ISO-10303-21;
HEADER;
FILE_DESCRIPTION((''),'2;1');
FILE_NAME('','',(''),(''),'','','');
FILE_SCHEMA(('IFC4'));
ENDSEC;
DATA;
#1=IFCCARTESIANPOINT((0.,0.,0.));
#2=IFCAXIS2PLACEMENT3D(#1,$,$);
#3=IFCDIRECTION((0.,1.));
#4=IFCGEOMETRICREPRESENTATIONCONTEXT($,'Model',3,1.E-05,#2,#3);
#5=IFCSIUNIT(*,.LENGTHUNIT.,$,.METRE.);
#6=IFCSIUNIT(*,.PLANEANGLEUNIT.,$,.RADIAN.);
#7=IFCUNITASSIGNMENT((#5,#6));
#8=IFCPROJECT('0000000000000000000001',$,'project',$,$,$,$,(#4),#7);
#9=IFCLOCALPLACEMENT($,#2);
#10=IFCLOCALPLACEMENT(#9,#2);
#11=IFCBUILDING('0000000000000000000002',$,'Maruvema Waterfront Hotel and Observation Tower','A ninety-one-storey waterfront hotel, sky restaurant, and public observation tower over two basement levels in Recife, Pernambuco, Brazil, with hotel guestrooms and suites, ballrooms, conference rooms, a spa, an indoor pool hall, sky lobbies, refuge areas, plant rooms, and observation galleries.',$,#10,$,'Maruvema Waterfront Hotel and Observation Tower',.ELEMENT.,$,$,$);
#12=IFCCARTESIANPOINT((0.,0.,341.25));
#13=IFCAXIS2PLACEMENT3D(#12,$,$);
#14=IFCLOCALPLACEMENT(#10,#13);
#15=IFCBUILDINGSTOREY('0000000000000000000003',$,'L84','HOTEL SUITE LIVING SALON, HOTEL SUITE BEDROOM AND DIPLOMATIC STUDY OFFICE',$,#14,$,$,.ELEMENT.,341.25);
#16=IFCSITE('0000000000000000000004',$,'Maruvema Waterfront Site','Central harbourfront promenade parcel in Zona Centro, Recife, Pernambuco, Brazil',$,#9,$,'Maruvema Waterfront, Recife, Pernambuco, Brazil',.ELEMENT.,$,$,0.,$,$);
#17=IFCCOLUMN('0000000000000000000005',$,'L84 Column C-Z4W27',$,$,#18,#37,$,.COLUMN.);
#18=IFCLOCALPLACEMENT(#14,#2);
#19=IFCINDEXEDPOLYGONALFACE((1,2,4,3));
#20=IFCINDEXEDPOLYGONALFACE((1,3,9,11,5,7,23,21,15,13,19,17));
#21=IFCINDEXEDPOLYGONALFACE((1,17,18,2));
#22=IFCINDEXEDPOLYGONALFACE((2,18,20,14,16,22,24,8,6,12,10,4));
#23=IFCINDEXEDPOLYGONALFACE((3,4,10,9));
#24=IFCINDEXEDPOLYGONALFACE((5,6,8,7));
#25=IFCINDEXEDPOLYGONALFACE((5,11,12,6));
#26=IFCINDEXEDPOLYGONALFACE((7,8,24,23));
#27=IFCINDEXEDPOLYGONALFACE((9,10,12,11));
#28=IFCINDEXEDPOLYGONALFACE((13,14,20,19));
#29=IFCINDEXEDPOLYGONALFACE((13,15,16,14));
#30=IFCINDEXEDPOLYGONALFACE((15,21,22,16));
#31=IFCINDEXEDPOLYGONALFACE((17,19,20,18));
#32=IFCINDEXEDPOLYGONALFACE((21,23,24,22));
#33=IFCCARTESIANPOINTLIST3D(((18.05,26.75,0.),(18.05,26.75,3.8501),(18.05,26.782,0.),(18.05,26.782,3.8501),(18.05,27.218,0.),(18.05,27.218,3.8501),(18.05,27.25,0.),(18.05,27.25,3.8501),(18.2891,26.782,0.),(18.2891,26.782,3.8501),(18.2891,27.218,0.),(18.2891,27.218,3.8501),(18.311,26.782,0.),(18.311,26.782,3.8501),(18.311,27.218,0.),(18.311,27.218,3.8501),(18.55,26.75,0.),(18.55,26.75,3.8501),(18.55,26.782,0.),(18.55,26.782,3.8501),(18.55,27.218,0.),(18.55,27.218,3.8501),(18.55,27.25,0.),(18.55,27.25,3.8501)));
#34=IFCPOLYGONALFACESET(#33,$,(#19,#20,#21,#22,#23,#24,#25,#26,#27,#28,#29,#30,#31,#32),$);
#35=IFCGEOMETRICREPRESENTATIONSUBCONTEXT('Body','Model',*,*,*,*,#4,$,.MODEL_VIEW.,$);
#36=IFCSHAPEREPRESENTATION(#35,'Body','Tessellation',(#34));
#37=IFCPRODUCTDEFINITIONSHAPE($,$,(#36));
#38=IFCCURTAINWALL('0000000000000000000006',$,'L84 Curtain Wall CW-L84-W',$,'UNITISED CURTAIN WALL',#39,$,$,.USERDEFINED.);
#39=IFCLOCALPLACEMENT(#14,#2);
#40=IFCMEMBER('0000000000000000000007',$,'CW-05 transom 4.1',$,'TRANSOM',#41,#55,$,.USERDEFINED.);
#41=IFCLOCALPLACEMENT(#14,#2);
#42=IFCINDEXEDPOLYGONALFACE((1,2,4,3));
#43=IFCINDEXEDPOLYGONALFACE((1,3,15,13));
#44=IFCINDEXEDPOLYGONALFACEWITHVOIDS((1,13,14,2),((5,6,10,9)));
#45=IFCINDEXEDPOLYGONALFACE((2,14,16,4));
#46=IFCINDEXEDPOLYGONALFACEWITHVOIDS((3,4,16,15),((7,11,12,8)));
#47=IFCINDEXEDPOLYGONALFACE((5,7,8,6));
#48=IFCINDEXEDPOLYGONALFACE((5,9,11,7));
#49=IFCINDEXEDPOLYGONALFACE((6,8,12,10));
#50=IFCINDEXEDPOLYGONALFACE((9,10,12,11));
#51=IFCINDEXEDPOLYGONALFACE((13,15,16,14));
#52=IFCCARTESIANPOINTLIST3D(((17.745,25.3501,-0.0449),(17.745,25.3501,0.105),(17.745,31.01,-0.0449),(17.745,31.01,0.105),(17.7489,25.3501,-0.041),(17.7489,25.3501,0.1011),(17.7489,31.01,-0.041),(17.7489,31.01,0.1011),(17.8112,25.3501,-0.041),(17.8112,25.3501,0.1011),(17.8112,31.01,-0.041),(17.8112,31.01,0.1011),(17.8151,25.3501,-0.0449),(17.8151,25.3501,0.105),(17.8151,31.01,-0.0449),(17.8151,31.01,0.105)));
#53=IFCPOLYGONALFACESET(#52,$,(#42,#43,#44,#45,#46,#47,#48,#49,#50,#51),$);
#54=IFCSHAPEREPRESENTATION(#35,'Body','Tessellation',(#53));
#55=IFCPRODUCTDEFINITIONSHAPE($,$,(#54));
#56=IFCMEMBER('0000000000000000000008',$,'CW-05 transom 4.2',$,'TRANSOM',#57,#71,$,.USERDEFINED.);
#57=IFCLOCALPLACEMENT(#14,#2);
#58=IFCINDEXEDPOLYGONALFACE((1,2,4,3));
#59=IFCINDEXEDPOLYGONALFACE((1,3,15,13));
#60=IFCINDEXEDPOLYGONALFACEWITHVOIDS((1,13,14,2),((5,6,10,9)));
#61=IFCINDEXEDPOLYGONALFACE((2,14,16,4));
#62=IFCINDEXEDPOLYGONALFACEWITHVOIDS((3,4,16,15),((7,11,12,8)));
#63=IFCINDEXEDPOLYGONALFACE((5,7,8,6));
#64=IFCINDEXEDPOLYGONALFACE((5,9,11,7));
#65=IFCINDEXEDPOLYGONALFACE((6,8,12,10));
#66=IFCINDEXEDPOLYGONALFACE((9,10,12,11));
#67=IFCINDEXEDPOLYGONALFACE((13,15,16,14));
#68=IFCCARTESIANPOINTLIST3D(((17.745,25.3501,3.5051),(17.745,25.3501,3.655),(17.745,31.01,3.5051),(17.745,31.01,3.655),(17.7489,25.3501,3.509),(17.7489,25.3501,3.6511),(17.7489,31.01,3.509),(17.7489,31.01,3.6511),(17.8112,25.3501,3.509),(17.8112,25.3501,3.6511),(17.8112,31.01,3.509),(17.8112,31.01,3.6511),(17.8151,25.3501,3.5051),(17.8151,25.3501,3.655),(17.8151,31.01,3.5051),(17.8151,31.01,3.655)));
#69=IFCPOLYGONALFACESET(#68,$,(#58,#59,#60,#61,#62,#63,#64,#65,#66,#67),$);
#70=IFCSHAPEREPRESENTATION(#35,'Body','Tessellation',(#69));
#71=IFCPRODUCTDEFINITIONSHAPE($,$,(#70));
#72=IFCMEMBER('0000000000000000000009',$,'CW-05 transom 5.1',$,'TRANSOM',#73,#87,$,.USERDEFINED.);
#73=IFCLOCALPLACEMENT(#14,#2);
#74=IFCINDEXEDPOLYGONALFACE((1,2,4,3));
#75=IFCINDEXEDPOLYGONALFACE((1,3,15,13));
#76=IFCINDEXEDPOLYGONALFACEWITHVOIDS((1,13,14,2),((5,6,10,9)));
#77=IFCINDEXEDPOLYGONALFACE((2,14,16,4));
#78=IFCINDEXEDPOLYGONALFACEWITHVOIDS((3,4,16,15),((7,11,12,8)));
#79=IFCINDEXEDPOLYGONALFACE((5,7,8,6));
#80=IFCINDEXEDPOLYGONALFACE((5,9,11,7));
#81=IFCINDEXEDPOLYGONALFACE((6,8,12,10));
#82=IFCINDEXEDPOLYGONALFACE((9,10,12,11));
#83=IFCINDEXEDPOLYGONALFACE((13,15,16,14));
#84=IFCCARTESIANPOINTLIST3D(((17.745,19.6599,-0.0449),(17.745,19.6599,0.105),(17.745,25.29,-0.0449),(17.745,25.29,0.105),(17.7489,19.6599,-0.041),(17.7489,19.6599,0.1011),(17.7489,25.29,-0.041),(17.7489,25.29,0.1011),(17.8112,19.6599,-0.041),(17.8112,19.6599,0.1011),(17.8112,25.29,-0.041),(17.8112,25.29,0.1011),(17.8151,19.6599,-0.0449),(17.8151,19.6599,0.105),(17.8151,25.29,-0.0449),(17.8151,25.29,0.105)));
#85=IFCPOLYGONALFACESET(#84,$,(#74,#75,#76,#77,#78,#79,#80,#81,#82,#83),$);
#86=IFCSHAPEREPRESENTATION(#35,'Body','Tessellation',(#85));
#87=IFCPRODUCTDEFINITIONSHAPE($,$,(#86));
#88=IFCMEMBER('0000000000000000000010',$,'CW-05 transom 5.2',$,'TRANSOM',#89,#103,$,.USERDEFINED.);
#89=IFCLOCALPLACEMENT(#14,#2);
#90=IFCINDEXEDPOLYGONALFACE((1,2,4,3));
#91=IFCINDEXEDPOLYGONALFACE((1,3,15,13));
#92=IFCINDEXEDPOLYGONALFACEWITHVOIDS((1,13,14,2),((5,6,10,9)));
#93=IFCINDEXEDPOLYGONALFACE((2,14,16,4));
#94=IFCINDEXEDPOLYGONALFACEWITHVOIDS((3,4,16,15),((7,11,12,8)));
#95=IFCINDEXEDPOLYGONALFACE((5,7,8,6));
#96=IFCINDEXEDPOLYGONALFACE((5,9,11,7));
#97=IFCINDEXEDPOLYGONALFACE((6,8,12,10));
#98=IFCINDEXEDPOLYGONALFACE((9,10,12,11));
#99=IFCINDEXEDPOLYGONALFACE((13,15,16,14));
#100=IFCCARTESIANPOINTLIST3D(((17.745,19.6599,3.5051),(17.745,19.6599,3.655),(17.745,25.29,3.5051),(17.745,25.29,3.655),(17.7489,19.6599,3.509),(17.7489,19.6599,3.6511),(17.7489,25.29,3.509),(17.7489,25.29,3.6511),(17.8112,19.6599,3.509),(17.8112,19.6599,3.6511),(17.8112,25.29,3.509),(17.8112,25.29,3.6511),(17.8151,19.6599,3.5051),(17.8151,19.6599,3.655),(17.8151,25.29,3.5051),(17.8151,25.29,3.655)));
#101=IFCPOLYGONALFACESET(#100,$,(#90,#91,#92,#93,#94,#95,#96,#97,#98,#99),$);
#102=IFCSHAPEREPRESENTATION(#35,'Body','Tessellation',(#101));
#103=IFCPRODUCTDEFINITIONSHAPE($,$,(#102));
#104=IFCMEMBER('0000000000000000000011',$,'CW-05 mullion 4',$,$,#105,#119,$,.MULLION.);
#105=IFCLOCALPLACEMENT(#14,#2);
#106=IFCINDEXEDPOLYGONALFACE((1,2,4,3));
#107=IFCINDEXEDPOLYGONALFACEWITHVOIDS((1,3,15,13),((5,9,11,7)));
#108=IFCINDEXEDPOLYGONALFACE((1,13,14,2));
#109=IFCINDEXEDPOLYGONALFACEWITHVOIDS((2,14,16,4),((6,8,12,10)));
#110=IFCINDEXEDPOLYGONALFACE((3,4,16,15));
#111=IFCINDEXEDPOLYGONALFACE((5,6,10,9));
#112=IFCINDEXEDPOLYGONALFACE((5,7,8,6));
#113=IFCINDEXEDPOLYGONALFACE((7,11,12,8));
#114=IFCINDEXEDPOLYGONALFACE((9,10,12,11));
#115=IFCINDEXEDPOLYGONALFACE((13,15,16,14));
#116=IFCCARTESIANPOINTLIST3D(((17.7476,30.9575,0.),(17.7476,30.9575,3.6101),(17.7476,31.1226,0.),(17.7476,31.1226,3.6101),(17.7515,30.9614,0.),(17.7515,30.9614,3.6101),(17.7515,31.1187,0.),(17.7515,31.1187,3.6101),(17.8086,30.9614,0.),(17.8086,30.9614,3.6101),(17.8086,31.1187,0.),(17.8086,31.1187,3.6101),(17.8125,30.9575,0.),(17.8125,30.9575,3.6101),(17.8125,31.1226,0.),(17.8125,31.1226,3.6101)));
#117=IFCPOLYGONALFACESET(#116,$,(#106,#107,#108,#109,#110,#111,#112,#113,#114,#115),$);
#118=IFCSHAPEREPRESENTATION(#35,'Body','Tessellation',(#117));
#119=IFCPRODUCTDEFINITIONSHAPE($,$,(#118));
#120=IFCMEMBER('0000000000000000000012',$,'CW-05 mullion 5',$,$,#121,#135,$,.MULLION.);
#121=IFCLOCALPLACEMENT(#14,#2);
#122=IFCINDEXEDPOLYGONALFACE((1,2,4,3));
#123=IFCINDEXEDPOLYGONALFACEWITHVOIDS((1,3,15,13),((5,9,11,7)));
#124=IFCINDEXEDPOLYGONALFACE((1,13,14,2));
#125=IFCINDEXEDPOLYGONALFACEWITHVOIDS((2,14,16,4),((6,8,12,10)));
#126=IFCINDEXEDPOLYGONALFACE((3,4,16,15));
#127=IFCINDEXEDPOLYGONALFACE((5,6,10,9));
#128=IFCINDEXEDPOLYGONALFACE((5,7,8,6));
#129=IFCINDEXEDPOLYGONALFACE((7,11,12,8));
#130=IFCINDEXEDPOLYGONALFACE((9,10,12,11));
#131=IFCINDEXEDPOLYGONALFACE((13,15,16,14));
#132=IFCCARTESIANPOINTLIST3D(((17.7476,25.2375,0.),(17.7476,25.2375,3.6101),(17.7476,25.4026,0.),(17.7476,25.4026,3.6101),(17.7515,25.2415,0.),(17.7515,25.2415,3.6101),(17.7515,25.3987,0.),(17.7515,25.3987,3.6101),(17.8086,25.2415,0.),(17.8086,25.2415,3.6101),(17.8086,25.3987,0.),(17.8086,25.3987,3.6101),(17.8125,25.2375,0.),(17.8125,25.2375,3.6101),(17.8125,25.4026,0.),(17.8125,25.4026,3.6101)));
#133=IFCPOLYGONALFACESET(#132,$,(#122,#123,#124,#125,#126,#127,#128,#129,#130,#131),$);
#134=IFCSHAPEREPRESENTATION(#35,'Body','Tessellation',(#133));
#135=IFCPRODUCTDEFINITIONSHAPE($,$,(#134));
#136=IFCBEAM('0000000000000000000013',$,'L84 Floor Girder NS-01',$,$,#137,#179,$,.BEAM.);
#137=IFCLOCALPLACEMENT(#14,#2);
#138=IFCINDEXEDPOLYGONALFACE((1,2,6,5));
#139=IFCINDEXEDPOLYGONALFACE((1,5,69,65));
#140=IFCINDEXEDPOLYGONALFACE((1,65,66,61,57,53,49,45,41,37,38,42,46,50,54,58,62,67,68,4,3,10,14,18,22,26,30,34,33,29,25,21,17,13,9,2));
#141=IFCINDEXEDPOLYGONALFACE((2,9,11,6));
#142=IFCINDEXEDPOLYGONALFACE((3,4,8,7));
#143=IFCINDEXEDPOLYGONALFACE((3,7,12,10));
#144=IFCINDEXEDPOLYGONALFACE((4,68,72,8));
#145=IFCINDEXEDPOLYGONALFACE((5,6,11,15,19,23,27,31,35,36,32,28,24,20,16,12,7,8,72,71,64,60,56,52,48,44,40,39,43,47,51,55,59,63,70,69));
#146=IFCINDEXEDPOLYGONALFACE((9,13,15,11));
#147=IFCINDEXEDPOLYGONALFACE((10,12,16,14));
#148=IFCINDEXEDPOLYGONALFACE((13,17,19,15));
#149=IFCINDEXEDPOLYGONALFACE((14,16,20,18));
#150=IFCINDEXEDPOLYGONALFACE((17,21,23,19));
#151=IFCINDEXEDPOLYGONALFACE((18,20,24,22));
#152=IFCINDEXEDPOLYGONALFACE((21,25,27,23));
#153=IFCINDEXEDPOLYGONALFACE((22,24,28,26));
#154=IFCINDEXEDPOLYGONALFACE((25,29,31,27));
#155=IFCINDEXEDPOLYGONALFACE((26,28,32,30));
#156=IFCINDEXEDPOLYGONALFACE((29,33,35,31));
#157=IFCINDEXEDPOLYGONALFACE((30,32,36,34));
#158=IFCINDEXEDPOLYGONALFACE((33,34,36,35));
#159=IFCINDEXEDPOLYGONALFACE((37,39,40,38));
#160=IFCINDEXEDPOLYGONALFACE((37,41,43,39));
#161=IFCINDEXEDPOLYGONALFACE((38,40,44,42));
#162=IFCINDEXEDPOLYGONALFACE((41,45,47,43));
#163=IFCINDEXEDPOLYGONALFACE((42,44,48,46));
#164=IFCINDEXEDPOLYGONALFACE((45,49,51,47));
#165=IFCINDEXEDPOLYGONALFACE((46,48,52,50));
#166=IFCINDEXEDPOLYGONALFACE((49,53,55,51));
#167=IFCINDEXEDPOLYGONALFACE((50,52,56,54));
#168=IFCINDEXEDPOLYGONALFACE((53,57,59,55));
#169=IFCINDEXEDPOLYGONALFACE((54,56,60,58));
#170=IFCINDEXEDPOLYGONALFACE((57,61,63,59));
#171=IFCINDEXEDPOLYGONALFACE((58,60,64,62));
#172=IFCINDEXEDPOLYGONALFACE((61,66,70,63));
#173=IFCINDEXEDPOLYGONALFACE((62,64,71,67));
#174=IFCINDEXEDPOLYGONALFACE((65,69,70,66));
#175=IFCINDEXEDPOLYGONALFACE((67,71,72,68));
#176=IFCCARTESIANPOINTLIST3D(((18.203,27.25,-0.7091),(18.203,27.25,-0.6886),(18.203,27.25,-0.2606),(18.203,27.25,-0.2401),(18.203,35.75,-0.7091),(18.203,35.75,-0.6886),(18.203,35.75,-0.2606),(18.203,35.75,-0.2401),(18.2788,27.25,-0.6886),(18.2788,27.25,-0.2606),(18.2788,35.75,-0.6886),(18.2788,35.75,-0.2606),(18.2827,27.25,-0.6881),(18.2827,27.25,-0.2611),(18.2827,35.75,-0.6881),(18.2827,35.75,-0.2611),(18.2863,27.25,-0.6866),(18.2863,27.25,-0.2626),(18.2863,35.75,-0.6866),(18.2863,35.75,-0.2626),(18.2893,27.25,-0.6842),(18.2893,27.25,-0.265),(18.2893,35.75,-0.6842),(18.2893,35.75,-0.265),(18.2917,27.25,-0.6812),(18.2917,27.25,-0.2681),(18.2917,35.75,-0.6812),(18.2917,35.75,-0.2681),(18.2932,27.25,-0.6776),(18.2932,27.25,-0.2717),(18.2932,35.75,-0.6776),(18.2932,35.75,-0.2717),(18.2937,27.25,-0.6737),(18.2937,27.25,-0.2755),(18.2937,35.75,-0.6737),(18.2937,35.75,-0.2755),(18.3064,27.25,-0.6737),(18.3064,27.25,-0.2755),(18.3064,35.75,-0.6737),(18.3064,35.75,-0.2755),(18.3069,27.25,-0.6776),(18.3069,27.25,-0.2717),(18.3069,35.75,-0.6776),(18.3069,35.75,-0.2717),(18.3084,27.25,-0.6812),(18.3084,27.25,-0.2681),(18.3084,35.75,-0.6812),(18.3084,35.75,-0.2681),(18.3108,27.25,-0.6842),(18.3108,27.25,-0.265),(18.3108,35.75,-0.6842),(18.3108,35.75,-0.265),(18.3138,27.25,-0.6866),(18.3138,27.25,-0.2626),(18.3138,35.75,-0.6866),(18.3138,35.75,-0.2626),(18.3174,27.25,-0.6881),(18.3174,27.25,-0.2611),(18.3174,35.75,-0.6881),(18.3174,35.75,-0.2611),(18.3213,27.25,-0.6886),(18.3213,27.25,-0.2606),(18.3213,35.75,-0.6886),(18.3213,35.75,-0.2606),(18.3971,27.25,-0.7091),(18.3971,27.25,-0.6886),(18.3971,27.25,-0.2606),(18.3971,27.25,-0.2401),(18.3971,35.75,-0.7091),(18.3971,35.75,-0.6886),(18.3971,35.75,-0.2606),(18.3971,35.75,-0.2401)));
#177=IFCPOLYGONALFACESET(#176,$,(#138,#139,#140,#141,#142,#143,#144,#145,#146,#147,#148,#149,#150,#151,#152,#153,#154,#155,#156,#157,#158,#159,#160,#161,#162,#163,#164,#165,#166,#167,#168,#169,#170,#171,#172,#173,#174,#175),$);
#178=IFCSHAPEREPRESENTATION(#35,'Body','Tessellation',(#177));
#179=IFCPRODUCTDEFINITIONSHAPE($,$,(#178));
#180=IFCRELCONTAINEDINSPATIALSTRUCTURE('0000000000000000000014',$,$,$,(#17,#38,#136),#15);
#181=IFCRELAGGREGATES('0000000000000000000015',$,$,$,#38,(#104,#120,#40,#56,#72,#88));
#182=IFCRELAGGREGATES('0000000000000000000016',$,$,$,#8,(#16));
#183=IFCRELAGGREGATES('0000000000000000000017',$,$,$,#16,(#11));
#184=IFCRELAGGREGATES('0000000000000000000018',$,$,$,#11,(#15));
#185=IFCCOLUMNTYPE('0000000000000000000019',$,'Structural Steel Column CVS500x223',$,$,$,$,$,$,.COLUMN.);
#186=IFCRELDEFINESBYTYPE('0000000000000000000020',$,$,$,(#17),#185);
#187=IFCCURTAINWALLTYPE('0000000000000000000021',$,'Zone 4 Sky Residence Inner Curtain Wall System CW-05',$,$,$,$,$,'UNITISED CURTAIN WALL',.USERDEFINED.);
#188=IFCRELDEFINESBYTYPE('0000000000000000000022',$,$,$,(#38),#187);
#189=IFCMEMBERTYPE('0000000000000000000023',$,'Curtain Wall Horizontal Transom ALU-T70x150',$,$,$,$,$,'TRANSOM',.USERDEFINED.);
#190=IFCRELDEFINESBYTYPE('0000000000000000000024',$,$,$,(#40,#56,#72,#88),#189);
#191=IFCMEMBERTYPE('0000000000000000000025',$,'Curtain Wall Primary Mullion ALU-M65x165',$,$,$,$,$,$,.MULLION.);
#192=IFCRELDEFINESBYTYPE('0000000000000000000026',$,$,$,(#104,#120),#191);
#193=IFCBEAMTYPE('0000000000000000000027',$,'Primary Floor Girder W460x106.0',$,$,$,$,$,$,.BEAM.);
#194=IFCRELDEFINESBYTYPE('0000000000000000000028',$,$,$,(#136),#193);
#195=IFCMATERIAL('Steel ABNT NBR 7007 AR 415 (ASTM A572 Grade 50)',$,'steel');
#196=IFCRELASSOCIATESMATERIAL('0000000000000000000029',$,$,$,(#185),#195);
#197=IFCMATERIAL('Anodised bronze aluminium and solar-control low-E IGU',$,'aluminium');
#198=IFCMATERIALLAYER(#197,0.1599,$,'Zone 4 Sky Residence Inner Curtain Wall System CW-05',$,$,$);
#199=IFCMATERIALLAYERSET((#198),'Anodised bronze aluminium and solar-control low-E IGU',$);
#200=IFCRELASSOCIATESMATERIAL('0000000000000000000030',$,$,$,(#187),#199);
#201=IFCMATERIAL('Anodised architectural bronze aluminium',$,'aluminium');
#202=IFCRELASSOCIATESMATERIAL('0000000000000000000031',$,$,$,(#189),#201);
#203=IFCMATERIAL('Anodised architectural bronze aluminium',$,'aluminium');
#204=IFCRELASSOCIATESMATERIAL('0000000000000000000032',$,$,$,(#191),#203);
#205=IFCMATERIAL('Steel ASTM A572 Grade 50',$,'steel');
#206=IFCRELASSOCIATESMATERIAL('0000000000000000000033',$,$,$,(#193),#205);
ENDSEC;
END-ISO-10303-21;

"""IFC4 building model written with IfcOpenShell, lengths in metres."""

from ifc_helpers import new_model, si_unit, direction, frame, origin, origin_2d, place, context, subcontext, project, spatial, hollow_rectangle, i_section, extrude, material, layer, layer_set, material_profile, profile_set, type_object, element, aggregate, save


model = new_model("IFC4")

# Units and contexts
model_context = context("Model", 3, precision=1e-05, world=origin(), true_north=direction((0.0, 1.0)))
body_context = subcontext(model_context, "Body", "Model", "MODEL_VIEW")
ifc_project = project(units=[si_unit("LENGTHUNIT", "METRE"), si_unit("PLANEANGLEUNIT", "RADIAN")], contexts=[model_context])

# Site, building, storey
site_placement = place(None, origin())
site = spatial("IfcSite", under=ifc_project, at=site_placement, Name="Maruvema Waterfront Site", Description="Central harbourfront promenade parcel in Zona Centro, Recife, Pernambuco, Brazil", LongName="Maruvema Waterfront, Recife, Pernambuco, Brazil", CompositionType="ELEMENT", RefElevation=0.0)
building_placement = place(site_placement, origin())
building = spatial("IfcBuilding", under=site, at=building_placement, Name="Maruvema Waterfront Hotel and Observation Tower", Description="A ninety-one-storey waterfront hotel, sky restaurant, and public observation tower over two basement levels in Recife, Pernambuco, Brazil, with hotel guestrooms and suites, ballrooms, conference rooms, a spa, an indoor pool hall, sky lobbies, refuge areas, plant rooms, and observation galleries.", LongName="Maruvema Waterfront Hotel and Observation Tower", CompositionType="ELEMENT")
storey_placement = place(building_placement, frame((0.0, 0.0, 341.25)))
storey = spatial("IfcBuildingStorey", under=building, at=storey_placement, Name="L84", Description="HOTEL SUITE LIVING SALON, HOTEL SUITE BEDROOM AND DIPLOMATIC STUDY OFFICE", CompositionType="ELEMENT", Elevation=341.25)

# Column
ifc_material_1 = material(Name="Steel ABNT NBR 7007 AR 415 (ASTM A572 Grade 50)", Category="steel")
ifc_material_profile_1 = material_profile(ifc_material_1, i_section(OverallWidth=0.5, OverallDepth=0.5, WebThickness=0.022, FlangeThickness=0.032, at=origin_2d()), Name="CVS500x223")
ifc_profile_set_1 = profile_set([ifc_material_profile_1], Name="Steel ABNT NBR 7007 AR 415 (ASTM A572 Grade 50)")
column_type = type_object("IfcColumnType", Name="Structural Steel Column CVS500x223", PredefinedType="COLUMN", material=ifc_profile_set_1)
column_placement = place(storey_placement, frame((18.3, 27.0, 0.0), z_axis=(0.0, 0.0, 1.0), x_axis=(1.0, 0.0, 0.0)))
element("IfcColumn", 1, at=column_placement, inside=storey, type_object=column_type, Name="L84 Column C-Z4W27", PredefinedType="COLUMN", context=body_context, shape_type="SweptSolid", body=[
    extrude(i_section(OverallWidth=0.5, OverallDepth=0.5, WebThickness=0.022, FlangeThickness=0.032, at=origin_2d()), origin(), (0.0, 0.0, 1.0), 3.8501),
])

# Curtain wall, members
ifc_material_2 = material(Name="Anodised bronze aluminium and solar-control low-E IGU", Category="aluminium")
ifc_layer_1 = layer(ifc_material_2, 0.1599, Name="Zone 4 Sky Residence Inner Curtain Wall System CW-05")
ifc_layer_set_1 = layer_set([ifc_layer_1], Name="Anodised bronze aluminium and solar-control low-E IGU")
curtain_wall_type = type_object("IfcCurtainWallType", Name="Zone 4 Sky Residence Inner Curtain Wall System CW-05", ElementType="UNITISED CURTAIN WALL", PredefinedType="USERDEFINED", material=ifc_layer_set_1)
curtain_wall_placement = place(storey_placement, origin())
curtain_wall = element("IfcCurtainWall", 2, at=curtain_wall_placement, inside=storey, type_object=curtain_wall_type, Name="L84 Curtain Wall CW-L84-W", ObjectType="UNITISED CURTAIN WALL", PredefinedType="USERDEFINED")
ifc_material_3 = material(Name="Anodised architectural bronze aluminium", Category="aluminium")
ifc_material_profile_2 = material_profile(ifc_material_3, hollow_rectangle(XDim=0.0701, YDim=0.1499, WallThickness=0.0039, at=origin_2d()), Name="ALU-T70x150")
ifc_profile_set_2 = profile_set([ifc_material_profile_2], Name="Anodised architectural bronze aluminium")
member_type_1 = type_object("IfcMemberType", Name="Curtain Wall Horizontal Transom ALU-T70x150", ElementType="TRANSOM", PredefinedType="USERDEFINED", material=ifc_profile_set_2)
member_1_placement = place(storey_placement, frame((17.78, 31.01, 0.03), z_axis=(0.0, -1.0, 0.0), x_axis=(1.0, 0.0, 0.0)))
member_1 = element("IfcMember", 3, at=member_1_placement, type_object=member_type_1, Name="CW-05 transom 4.1", ObjectType="TRANSOM", PredefinedType="USERDEFINED", context=body_context, shape_type="SweptSolid", body=[
    extrude(hollow_rectangle(XDim=0.0701, YDim=0.1499, WallThickness=0.0039, at=origin_2d()), origin(), (0.0, 0.0, 1.0), 5.6599),
])
member_2_placement = place(storey_placement, frame((17.78, 31.01, 3.5801), z_axis=(0.0, -1.0, 0.0), x_axis=(1.0, 0.0, 0.0)))
member_2 = element("IfcMember", 4, at=member_2_placement, type_object=member_type_1, Name="CW-05 transom 4.2", ObjectType="TRANSOM", PredefinedType="USERDEFINED", context=body_context, shape_type="SweptSolid", body=[
    extrude(hollow_rectangle(XDim=0.0701, YDim=0.1499, WallThickness=0.0039, at=origin_2d()), origin(), (0.0, 0.0, 1.0), 5.6599),
])
member_3_placement = place(storey_placement, frame((17.78, 25.29, 0.03), z_axis=(0.0, -1.0, 0.0), x_axis=(1.0, 0.0, 0.0)))
member_3 = element("IfcMember", 5, at=member_3_placement, type_object=member_type_1, Name="CW-05 transom 5.1", ObjectType="TRANSOM", PredefinedType="USERDEFINED", context=body_context, shape_type="SweptSolid", body=[
    extrude(hollow_rectangle(XDim=0.0701, YDim=0.1499, WallThickness=0.0039, at=origin_2d()), origin(), (0.0, 0.0, 1.0), 5.6301),
])
member_4_placement = place(storey_placement, frame((17.78, 25.29, 3.5801), z_axis=(0.0, -1.0, 0.0), x_axis=(1.0, 0.0, 0.0)))
member_4 = element("IfcMember", 6, at=member_4_placement, type_object=member_type_1, Name="CW-05 transom 5.2", ObjectType="TRANSOM", PredefinedType="USERDEFINED", context=body_context, shape_type="SweptSolid", body=[
    extrude(hollow_rectangle(XDim=0.0701, YDim=0.1499, WallThickness=0.0039, at=origin_2d()), origin(), (0.0, 0.0, 1.0), 5.6301),
])
ifc_material_4 = material(Name="Anodised architectural bronze aluminium", Category="aluminium")
ifc_material_profile_3 = material_profile(ifc_material_4, hollow_rectangle(XDim=0.0649, YDim=0.165, WallThickness=0.0039, at=origin_2d()), Name="ALU-M65x165")
ifc_profile_set_3 = profile_set([ifc_material_profile_3], Name="Anodised architectural bronze aluminium")
member_type_2 = type_object("IfcMemberType", Name="Curtain Wall Primary Mullion ALU-M65x165", PredefinedType="MULLION", material=ifc_profile_set_3)
member_5_placement = place(storey_placement, frame((17.78, 31.04, 0.0), z_axis=(0.0, 0.0, 1.0), x_axis=(1.0, 0.0, 0.0)))
member_5 = element("IfcMember", 7, at=member_5_placement, type_object=member_type_2, Name="CW-05 mullion 4", PredefinedType="MULLION", context=body_context, shape_type="SweptSolid", body=[
    extrude(hollow_rectangle(XDim=0.0649, YDim=0.165, WallThickness=0.0039, at=origin_2d()), origin(), (0.0, 0.0, 1.0), 3.6101),
])
member_6_placement = place(storey_placement, frame((17.78, 25.3201, 0.0), z_axis=(0.0, 0.0, 1.0), x_axis=(1.0, 0.0, 0.0)))
member_6 = element("IfcMember", 8, at=member_6_placement, type_object=member_type_2, Name="CW-05 mullion 5", PredefinedType="MULLION", context=body_context, shape_type="SweptSolid", body=[
    extrude(hollow_rectangle(XDim=0.0649, YDim=0.165, WallThickness=0.0039, at=origin_2d()), origin(), (0.0, 0.0, 1.0), 3.6101),
])

# Beam
ifc_material_5 = material(Name="Steel ASTM A572 Grade 50", Category="steel")
ifc_material_profile_4 = material_profile(ifc_material_5, i_section(OverallWidth=0.1941, OverallDepth=0.469, WebThickness=0.0127, FlangeThickness=0.0205, FilletRadius=0.0149, at=origin_2d()), Name="W460x106.0")
ifc_profile_set_4 = profile_set([ifc_material_profile_4], Name="Steel ASTM A572 Grade 50")
beam_type = type_object("IfcBeamType", Name="Primary Floor Girder W460x106.0", PredefinedType="BEAM", material=ifc_profile_set_4)
beam_placement = place(storey_placement, frame((18.3, 27.25, -0.4746), z_axis=(0.0, 1.0, 0.0), x_axis=(-1.0, 0.0, 0.0)))
element("IfcBeam", 9, at=beam_placement, inside=storey, type_object=beam_type, Name="L84 Floor Girder NS-01", PredefinedType="BEAM", context=body_context, shape_type="SweptSolid", body=[
    extrude(i_section(OverallWidth=0.1941, OverallDepth=0.469, WebThickness=0.0127, FlangeThickness=0.0205, FilletRadius=0.0149, at=origin_2d()), origin(), (0.0, 0.0, 1.0), 8.5),
])

aggregate(curtain_wall, [member_5, member_6, member_1, member_2, member_3, member_4])

save(model, "model.ifc")
